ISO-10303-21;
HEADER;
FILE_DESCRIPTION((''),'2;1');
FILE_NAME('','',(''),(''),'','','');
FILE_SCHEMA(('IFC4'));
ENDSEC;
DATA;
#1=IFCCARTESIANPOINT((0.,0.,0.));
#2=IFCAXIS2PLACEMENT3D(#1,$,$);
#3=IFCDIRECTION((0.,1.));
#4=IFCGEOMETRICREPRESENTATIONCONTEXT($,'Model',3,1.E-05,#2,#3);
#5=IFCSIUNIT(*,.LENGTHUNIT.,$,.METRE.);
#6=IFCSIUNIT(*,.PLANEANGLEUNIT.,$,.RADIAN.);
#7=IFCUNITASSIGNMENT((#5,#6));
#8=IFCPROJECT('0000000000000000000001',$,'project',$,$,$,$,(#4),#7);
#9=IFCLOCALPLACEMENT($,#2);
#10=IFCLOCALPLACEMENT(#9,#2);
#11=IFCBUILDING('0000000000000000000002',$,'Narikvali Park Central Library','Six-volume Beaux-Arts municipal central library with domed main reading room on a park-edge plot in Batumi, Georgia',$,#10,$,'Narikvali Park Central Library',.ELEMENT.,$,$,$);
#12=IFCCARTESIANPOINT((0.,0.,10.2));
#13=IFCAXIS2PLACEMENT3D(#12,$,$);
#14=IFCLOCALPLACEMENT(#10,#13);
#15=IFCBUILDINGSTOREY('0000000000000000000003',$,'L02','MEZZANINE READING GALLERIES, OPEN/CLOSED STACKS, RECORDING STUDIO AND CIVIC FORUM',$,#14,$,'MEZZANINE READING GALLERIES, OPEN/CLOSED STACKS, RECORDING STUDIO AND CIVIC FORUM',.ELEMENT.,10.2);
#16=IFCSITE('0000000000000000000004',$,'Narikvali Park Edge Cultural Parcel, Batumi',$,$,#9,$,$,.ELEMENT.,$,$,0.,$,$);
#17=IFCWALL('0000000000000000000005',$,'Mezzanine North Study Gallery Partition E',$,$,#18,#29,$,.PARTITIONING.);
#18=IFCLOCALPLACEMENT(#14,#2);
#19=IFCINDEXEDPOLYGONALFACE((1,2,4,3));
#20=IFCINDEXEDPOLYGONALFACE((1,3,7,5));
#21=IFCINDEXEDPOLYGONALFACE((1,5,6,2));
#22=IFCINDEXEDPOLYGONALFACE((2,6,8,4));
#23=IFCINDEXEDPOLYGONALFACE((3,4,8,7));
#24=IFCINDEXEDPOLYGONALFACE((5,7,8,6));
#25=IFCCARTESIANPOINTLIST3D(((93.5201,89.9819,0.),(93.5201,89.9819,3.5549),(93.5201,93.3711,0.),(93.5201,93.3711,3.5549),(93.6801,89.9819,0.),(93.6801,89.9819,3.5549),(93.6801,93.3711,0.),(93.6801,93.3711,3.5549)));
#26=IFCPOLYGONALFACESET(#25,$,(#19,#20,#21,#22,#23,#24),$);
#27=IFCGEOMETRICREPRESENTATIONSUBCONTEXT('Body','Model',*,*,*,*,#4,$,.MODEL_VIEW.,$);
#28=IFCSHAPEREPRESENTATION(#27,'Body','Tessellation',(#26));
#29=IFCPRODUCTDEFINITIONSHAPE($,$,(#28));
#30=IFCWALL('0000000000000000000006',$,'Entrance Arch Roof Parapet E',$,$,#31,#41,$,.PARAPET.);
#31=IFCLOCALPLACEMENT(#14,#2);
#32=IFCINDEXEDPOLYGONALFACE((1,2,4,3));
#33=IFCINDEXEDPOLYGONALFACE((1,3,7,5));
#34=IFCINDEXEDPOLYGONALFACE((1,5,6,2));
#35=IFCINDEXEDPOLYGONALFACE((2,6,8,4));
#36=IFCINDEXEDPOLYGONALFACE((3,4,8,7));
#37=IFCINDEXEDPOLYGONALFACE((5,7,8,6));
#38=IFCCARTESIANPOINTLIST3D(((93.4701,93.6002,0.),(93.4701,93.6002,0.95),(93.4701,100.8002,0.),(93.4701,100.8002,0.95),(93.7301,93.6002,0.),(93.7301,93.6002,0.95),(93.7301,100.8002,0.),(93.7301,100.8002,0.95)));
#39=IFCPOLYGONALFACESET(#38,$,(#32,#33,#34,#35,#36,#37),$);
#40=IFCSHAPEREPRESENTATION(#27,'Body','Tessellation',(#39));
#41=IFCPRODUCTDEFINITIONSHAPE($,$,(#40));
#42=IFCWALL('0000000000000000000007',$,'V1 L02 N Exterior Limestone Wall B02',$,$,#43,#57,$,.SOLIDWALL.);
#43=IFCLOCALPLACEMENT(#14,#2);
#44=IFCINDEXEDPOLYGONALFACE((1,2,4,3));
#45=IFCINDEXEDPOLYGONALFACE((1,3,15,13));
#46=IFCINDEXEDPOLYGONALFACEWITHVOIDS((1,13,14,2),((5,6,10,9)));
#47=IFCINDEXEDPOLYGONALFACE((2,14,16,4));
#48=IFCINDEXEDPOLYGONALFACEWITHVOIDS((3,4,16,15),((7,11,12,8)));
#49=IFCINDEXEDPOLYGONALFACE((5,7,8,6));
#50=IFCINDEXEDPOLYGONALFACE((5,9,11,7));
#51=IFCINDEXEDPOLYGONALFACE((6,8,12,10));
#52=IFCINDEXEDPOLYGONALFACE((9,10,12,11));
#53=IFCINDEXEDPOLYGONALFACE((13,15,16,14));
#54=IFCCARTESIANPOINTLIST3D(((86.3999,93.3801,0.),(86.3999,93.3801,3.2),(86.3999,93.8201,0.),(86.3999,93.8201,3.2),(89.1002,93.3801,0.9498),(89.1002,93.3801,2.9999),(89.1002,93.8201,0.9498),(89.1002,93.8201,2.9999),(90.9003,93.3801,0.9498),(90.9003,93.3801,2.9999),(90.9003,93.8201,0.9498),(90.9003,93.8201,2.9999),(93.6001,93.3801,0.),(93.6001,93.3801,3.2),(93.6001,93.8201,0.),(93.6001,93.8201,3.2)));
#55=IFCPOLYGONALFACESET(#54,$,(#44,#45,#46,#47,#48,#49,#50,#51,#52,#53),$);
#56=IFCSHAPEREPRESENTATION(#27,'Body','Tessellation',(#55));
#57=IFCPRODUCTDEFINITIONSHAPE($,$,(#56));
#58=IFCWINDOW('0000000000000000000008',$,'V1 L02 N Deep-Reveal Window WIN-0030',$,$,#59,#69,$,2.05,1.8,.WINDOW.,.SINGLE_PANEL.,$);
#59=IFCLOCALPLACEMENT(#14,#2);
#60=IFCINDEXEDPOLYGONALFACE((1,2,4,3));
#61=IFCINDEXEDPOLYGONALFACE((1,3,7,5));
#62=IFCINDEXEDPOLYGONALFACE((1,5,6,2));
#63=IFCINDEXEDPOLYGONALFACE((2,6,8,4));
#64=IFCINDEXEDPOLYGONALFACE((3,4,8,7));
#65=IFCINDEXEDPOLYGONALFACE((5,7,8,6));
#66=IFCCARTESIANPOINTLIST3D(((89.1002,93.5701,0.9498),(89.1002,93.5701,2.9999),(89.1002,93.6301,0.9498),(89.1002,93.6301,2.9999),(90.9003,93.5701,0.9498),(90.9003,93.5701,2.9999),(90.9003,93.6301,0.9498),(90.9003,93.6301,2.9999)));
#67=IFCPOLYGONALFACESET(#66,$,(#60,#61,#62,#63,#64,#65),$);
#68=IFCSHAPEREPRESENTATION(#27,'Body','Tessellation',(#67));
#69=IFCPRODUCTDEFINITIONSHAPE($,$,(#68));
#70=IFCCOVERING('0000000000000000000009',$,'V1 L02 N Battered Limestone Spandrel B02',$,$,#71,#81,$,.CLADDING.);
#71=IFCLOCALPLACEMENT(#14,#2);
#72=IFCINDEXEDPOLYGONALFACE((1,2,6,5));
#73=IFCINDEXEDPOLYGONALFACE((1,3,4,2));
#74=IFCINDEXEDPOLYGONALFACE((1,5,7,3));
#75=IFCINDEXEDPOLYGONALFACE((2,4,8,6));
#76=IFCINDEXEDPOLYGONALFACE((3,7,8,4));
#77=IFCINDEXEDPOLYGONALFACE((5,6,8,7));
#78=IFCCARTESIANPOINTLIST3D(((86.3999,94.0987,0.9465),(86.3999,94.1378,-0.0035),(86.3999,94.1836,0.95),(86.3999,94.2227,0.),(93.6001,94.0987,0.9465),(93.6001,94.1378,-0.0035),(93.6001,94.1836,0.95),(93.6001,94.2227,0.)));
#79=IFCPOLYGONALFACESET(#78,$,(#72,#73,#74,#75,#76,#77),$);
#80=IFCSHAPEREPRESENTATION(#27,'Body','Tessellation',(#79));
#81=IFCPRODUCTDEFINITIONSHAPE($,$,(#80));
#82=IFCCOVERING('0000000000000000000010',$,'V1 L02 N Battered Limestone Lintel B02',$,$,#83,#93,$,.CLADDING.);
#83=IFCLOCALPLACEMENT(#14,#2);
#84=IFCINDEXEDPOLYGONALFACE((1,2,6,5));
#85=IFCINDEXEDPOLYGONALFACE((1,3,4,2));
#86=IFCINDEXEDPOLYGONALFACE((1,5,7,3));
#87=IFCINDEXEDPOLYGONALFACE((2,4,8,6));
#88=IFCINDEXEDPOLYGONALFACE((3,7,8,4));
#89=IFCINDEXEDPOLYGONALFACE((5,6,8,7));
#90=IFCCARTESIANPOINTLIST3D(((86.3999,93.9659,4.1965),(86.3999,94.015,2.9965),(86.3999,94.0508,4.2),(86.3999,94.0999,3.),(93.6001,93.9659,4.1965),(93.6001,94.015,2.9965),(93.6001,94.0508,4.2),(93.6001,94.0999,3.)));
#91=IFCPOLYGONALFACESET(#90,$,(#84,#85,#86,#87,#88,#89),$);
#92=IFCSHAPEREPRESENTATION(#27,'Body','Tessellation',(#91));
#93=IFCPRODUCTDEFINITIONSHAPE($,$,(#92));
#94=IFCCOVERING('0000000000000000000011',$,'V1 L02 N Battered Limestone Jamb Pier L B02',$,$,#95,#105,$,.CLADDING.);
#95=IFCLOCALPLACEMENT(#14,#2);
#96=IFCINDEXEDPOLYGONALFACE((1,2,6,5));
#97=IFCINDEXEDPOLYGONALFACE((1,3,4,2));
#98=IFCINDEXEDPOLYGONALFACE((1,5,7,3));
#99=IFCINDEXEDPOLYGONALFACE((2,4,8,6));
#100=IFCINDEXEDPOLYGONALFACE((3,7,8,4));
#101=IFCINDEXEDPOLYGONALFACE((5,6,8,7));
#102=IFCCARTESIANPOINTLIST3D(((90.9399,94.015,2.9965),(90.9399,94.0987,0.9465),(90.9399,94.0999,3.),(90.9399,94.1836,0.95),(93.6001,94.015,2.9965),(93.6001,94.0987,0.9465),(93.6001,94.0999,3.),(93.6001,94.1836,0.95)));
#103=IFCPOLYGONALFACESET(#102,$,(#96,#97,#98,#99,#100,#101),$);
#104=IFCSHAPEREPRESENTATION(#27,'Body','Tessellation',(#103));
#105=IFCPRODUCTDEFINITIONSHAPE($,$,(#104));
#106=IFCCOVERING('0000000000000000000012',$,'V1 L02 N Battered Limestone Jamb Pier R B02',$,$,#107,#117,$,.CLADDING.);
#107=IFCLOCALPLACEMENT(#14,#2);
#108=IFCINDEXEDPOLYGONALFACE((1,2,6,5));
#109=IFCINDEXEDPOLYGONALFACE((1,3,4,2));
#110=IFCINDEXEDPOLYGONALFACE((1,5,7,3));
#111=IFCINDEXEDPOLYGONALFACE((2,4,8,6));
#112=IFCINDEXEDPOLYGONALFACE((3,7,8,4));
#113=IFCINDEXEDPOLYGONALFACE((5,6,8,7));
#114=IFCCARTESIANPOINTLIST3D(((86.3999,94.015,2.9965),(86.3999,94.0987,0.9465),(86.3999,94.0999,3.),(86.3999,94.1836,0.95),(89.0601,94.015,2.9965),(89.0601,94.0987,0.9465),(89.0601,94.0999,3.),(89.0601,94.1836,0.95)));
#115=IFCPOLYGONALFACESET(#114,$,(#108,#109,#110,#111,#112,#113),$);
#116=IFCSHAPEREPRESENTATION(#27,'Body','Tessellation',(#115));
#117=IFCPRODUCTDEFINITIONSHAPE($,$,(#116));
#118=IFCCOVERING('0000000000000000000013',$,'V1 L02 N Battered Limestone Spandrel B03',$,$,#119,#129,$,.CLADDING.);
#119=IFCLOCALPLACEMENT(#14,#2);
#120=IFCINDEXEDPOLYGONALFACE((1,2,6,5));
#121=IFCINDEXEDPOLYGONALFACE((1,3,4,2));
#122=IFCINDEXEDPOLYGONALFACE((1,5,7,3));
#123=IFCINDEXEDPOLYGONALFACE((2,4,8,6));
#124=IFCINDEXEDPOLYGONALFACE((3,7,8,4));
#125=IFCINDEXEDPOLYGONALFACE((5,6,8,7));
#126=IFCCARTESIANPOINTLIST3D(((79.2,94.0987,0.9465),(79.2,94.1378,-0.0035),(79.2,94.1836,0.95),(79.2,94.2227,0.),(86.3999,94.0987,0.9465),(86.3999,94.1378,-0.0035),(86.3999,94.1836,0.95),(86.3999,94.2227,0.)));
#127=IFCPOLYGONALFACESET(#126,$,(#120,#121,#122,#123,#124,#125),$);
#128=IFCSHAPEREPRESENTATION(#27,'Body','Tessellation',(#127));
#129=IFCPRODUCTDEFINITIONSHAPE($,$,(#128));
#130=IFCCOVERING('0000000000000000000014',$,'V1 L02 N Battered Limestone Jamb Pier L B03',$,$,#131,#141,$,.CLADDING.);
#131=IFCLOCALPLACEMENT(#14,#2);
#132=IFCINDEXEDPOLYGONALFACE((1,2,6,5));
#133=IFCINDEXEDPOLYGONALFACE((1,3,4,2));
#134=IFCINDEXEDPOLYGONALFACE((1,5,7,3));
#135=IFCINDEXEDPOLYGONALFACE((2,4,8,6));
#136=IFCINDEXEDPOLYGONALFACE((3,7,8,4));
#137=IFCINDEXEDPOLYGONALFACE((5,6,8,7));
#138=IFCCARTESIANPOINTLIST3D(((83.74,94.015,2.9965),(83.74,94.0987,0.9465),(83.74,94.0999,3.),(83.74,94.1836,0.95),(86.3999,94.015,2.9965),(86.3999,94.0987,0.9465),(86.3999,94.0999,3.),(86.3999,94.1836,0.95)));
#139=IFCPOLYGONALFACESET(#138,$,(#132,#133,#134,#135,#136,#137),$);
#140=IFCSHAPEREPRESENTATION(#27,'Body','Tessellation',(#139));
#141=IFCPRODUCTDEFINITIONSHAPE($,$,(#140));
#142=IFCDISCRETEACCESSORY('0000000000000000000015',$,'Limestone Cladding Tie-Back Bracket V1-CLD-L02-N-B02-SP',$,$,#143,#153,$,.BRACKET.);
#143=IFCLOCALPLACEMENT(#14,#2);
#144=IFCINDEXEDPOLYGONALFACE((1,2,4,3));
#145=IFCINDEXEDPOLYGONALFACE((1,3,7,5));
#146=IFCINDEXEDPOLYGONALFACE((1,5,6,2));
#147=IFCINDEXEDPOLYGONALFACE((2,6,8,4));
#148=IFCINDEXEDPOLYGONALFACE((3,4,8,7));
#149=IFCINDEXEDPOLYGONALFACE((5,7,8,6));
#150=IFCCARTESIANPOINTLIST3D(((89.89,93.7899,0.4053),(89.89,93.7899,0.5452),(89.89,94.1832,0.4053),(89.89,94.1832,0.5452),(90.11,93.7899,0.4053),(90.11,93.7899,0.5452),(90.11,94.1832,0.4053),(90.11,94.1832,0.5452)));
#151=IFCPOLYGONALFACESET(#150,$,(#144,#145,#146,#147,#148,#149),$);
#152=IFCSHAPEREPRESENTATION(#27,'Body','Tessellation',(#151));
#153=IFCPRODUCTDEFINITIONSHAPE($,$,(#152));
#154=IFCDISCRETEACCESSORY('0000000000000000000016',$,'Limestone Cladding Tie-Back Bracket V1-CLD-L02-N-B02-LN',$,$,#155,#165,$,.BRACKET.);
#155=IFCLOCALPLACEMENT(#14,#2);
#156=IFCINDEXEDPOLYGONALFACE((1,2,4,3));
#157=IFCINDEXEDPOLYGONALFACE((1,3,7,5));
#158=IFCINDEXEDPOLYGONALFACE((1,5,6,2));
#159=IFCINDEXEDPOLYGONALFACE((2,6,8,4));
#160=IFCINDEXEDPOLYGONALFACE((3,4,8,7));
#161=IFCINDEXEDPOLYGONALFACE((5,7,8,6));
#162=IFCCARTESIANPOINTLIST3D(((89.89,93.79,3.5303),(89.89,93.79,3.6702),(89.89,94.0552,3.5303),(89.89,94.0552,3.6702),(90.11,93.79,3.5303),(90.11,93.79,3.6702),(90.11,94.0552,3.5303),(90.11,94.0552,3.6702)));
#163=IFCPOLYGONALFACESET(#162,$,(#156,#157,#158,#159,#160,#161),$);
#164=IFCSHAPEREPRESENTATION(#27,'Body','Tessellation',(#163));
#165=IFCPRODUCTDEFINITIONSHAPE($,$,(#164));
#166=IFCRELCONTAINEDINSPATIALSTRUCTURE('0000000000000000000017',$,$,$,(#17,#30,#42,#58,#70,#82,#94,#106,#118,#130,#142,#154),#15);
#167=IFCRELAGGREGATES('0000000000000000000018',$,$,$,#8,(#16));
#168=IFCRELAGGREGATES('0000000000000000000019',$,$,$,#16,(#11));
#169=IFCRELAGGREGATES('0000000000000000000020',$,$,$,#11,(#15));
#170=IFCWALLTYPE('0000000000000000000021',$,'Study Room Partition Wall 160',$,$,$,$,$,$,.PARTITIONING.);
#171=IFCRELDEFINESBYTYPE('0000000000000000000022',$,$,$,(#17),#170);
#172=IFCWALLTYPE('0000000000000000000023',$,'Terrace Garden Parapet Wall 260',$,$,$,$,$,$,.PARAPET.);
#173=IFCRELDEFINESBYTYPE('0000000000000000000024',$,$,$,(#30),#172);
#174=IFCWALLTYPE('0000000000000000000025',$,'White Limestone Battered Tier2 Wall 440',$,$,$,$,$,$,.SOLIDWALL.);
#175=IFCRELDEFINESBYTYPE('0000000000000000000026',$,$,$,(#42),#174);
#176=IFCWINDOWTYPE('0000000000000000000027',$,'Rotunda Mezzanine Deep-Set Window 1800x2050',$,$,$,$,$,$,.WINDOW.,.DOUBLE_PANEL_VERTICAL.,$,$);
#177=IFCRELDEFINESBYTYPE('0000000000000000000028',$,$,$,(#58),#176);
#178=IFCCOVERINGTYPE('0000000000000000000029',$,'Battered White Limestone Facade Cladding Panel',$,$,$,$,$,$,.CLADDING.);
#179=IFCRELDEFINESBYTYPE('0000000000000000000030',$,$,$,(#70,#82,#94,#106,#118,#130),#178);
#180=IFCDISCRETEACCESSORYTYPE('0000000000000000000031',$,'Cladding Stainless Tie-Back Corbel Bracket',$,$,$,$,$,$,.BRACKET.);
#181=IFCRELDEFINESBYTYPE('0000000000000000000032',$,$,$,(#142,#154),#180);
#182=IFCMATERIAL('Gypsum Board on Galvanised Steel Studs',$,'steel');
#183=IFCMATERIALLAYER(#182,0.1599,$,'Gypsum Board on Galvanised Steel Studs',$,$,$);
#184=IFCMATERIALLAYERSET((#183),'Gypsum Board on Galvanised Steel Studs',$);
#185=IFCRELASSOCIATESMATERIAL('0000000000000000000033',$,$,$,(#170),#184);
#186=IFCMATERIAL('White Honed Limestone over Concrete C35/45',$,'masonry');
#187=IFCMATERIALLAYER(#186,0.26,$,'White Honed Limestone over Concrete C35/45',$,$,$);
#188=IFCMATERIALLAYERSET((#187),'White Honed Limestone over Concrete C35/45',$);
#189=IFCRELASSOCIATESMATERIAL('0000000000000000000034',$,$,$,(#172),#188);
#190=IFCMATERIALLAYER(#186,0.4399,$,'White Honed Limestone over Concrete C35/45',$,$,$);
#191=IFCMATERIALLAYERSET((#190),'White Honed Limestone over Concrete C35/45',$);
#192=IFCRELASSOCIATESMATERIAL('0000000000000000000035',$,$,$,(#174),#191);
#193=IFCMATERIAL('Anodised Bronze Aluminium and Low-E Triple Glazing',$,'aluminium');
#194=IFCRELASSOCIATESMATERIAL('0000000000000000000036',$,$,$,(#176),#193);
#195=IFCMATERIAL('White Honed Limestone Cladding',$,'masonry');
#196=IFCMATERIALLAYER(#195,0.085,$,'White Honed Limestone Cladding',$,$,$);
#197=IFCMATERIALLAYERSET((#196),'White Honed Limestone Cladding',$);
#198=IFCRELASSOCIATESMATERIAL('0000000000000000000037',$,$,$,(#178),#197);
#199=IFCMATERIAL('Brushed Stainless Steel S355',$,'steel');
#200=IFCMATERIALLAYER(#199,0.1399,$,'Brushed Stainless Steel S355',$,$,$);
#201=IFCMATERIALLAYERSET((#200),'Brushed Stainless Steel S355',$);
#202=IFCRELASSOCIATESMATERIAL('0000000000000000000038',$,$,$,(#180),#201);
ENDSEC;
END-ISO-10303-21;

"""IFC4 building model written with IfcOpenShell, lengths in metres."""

from ifc_helpers import new_model, si_unit, direction, frame, frame_2d, origin, origin_2d, place, context, subcontext, project, spatial, polyline, rectangle, outline, extrude, material, layer, layer_set, type_object, element, fill, save


model = new_model("IFC4")

# Units and contexts
model_context = context("Model", 3, precision=1e-05, world=origin(), true_north=direction((0.0, 1.0)))
body_context = subcontext(model_context, "Body", "Model", "MODEL_VIEW")
ifc_project = project(units=[si_unit("LENGTHUNIT", "METRE"), si_unit("PLANEANGLEUNIT", "RADIAN")], contexts=[model_context])

# Site, building, storey
site_placement = place(None, origin())
site = spatial("IfcSite", under=ifc_project, at=site_placement, Name="Narikvali Park Edge Cultural Parcel, Batumi", CompositionType="ELEMENT", RefElevation=0.0)
building_placement = place(site_placement, origin())
building = spatial("IfcBuilding", under=site, at=building_placement, Name="Narikvali Park Central Library", Description="Six-volume Beaux-Arts municipal central library with domed main reading room on a park-edge plot in Batumi, Georgia", LongName="Narikvali Park Central Library", CompositionType="ELEMENT")
storey_placement = place(building_placement, frame((0.0, 0.0, 10.2)))
storey = spatial("IfcBuildingStorey", under=building, at=storey_placement, Name="L02", Description="MEZZANINE READING GALLERIES, OPEN/CLOSED STACKS, RECORDING STUDIO AND CIVIC FORUM", LongName="MEZZANINE READING GALLERIES, OPEN/CLOSED STACKS, RECORDING STUDIO AND CIVIC FORUM", CompositionType="ELEMENT", Elevation=10.2)

# Walls
ifc_material_1 = material(Name="Gypsum Board on Galvanised Steel Studs", Category="steel")
ifc_layer_1 = layer(ifc_material_1, 0.1599, Name="Gypsum Board on Galvanised Steel Studs")
ifc_layer_set_1 = layer_set([ifc_layer_1], Name="Gypsum Board on Galvanised Steel Studs")
wall_type_1 = type_object("IfcWallType", Name="Study Room Partition Wall 160", PredefinedType="PARTITIONING", material=ifc_layer_set_1)
wall_1_placement = place(storey_placement, frame((93.6001, 89.9819, 0.0), z_axis=(0.0, 0.0, 1.0), x_axis=(0.0, 1.0, 0.0)))
element("IfcWall", 1, at=wall_1_placement, inside=storey, type_object=wall_type_1, Name="Mezzanine North Study Gallery Partition E", PredefinedType="PARTITIONING", context=body_context, shape_type="SweptSolid", body=[
    extrude(rectangle(XDim=3.3892, YDim=0.1599, at=frame_2d((1.6946, 0.0))), origin(), (0.0, 0.0, 1.0), 3.5549),
])
ifc_material_2 = material(Name="White Honed Limestone over Concrete C35/45", Category="masonry")
ifc_layer_2 = layer(ifc_material_2, 0.26, Name="White Honed Limestone over Concrete C35/45")
ifc_layer_set_2 = layer_set([ifc_layer_2], Name="White Honed Limestone over Concrete C35/45")
wall_type_2 = type_object("IfcWallType", Name="Terrace Garden Parapet Wall 260", PredefinedType="PARAPET", material=ifc_layer_set_2)
wall_2_placement = place(storey_placement, frame((93.6001, 93.6001, 0.0), z_axis=(0.0, 0.0, 1.0), x_axis=(0.0, 1.0, 0.0)))
element("IfcWall", 2, at=wall_2_placement, inside=storey, type_object=wall_type_2, Name="Entrance Arch Roof Parapet E", PredefinedType="PARAPET", context=body_context, shape_type="SweptSolid", body=[
    extrude(rectangle(XDim=7.2, YDim=0.26, at=frame_2d((3.6001, 0.0))), origin(), (0.0, 0.0, 1.0), 0.95),
])

# Wall, opening, window
ifc_layer_3 = layer(ifc_material_2, 0.4399, Name="White Honed Limestone over Concrete C35/45")
ifc_layer_set_3 = layer_set([ifc_layer_3], Name="White Honed Limestone over Concrete C35/45")
wall_type_3 = type_object("IfcWallType", Name="White Limestone Battered Tier2 Wall 440", PredefinedType="SOLIDWALL", material=ifc_layer_set_3)
wall_3_placement = place(storey_placement, frame((93.6001, 93.6001, 0.0), z_axis=(0.0, 0.0, 1.0), x_axis=(-1.0, 0.0, 0.0)))
wall_3 = element("IfcWall", 3, at=wall_3_placement, inside=storey, type_object=wall_type_3, Name="V1 L02 N Exterior Limestone Wall B02", PredefinedType="SOLIDWALL", context=body_context, shape_type="SweptSolid", body=[
    extrude(rectangle(XDim=7.2002, YDim=0.4399, at=frame_2d((3.6001, 0.0))), origin(), (0.0, 0.0, 1.0), 3.2),
])
opening_placement = place(wall_3_placement, frame((2.7, 0.0, 0.95)))
opening = element("IfcOpeningElement", 4, at=opening_placement, cuts=wall_3, PredefinedType="OPENING", context=body_context, shape_type="SweptSolid", body=[
    extrude(rectangle(XDim=1.8, YDim=2.05, at=frame_2d((0.8999, 1.0249))), frame((0.0, 0.2319, 0.0), z_axis=(0.0, -1.0, 0.0), x_axis=(1.0, 0.0, 0.0)), (0.0, 0.0, 1.0), 0.4639),
])
ifc_material_3 = material(Name="Anodised Bronze Aluminium and Low-E Triple Glazing", Category="aluminium")
window_type = type_object("IfcWindowType", Name="Rotunda Mezzanine Deep-Set Window 1800x2050", PartitioningType="DOUBLE_PANEL_VERTICAL", PredefinedType="WINDOW", material=ifc_material_3)
window_placement = place(opening_placement, origin())
window = element("IfcWindow", 5, at=window_placement, inside=storey, type_object=window_type, Name="V1 L02 N Deep-Reveal Window WIN-0030", OverallHeight=2.05, OverallWidth=1.8, PartitioningType="SINGLE_PANEL", PredefinedType="WINDOW", context=body_context, shape_type="SweptSolid", body=[
    extrude(rectangle(XDim=1.8, YDim=2.05, at=frame_2d((0.8999, 1.0249))), frame((0.0, 0.03, 0.0), z_axis=(0.0, -1.0, 0.0), x_axis=(1.0, 0.0, 0.0)), (0.0, 0.0, 1.0), 0.0601),
])
fill(opening, window)

# Coverings
ifc_material_4 = material(Name="White Honed Limestone Cladding", Category="masonry")
ifc_layer_4 = layer(ifc_material_4, 0.085, Name="White Honed Limestone Cladding")
ifc_layer_set_4 = layer_set([ifc_layer_4], Name="White Honed Limestone Cladding")
covering_type = type_object("IfcCoveringType", Name="Battered White Limestone Facade Cladding Panel", PredefinedType="CLADDING", material=ifc_layer_set_4)
covering_1_placement = place(storey_placement, frame((93.6001, 94.2227, 0.0), z_axis=(0.0, 0.999156, 0.041086), x_axis=(-1.0, 0.0, 0.0)))
element("IfcCovering", 6, at=covering_1_placement, inside=storey, type_object=covering_type, Name="V1 L02 N Battered Limestone Spandrel B02", PredefinedType="CLADDING", context=body_context, shape_type="SweptSolid", body=[
    extrude(outline(polyline([(0.0, 0.0), (7.2002, 0.0), (7.2002, 0.9508), (0.0, 0.9508), (0.0, 0.0)])), origin(), (0.0, 0.0, -1.0), 0.085),
])
covering_2_placement = place(storey_placement, frame((93.6001, 94.0999, 3.0), z_axis=(0.0, 0.999165, 0.040861), x_axis=(-1.0, 0.0, 0.0)))
element("IfcCovering", 7, at=covering_2_placement, inside=storey, type_object=covering_type, Name="V1 L02 N Battered Limestone Lintel B02", PredefinedType="CLADDING", context=body_context, shape_type="SweptSolid", body=[
    extrude(outline(polyline([(0.0, 0.0), (7.2002, 0.0), (7.2002, 1.201), (0.0, 1.201), (0.0, 0.0)])), origin(), (0.0, 0.0, -1.0), 0.085),
])
for number, where, z_axis, x_axis, name in (
    (8, (93.6001, 94.1836, 0.95), (0.0, 0.999167, 0.040814), (-1.0, 0.0, 0.0), "V1 L02 N Battered Limestone Jamb Pier L B02"),
    (9, (89.0601, 94.1836, 0.95), (0.0, 0.999167, 0.040814), (-1.0, 0.0, 0.0), "V1 L02 N Battered Limestone Jamb Pier R B02"),
):
    element("IfcCovering", number, at=place(storey_placement, frame(where, z_axis=z_axis, x_axis=x_axis)), inside=storey, type_object=covering_type, Name=name, PredefinedType="CLADDING", context=body_context, shape_type="SweptSolid", body=[
        extrude(outline(polyline([(0.0, 0.0), (2.6602, 0.0), (2.6602, 2.0518), (0.0, 2.0518), (0.0, 0.0)])), origin(), (0.0, 0.0, -1.0), 0.085),
    ])
covering_3_placement = place(storey_placement, frame((86.3999, 94.2227, 0.0), z_axis=(0.0, 0.999156, 0.041086), x_axis=(-1.0, 0.0, 0.0)))
element("IfcCovering", 10, at=covering_3_placement, inside=storey, type_object=covering_type, Name="V1 L02 N Battered Limestone Spandrel B03", PredefinedType="CLADDING", context=body_context, shape_type="SweptSolid", body=[
    extrude(outline(polyline([(0.0, 0.0), (7.2, 0.0), (7.2, 0.9508), (0.0, 0.9508), (0.0, 0.0)])), origin(), (0.0, 0.0, -1.0), 0.085),
])
covering_4_placement = place(storey_placement, frame((86.3999, 94.1836, 0.95), z_axis=(0.0, 0.999167, 0.040814), x_axis=(-1.0, 0.0, 0.0)))
element("IfcCovering", 11, at=covering_4_placement, inside=storey, type_object=covering_type, Name="V1 L02 N Battered Limestone Jamb Pier L B03", PredefinedType="CLADDING", context=body_context, shape_type="SweptSolid", body=[
    extrude(outline(polyline([(0.0, 0.0), (2.6599, 0.0), (2.6599, 2.0518), (0.0, 2.0518), (0.0, 0.0)])), origin(), (0.0, 0.0, -1.0), 0.085),
])

# Discrete accessories
ifc_material_5 = material(Name="Brushed Stainless Steel S355", Category="steel")
ifc_layer_5 = layer(ifc_material_5, 0.1399, Name="Brushed Stainless Steel S355")
ifc_layer_set_5 = layer_set([ifc_layer_5], Name="Brushed Stainless Steel S355")
discrete_accessory_type = type_object("IfcDiscreteAccessoryType", Name="Cladding Stainless Tie-Back Corbel Bracket", PredefinedType="BRACKET", material=ifc_layer_set_5)
discrete_accessory_1_placement = place(storey_placement, frame((90.0, 93.9866, 0.4053), z_axis=(0.0, 0.0, 1.0), x_axis=(1.0, 0.0, 0.0)))
element("IfcDiscreteAccessory", 12, at=discrete_accessory_1_placement, inside=storey, type_object=discrete_accessory_type, Name="Limestone Cladding Tie-Back Bracket V1-CLD-L02-N-B02-SP", PredefinedType="BRACKET", context=body_context, shape_type="SweptSolid", body=[
    extrude(rectangle(XDim=0.22, YDim=0.3933, at=origin_2d()), origin(), (0.0, 0.0, 1.0), 0.1399),
])
discrete_accessory_2_placement = place(storey_placement, frame((90.0, 93.9226, 3.5303), z_axis=(0.0, 0.0, 1.0), x_axis=(1.0, 0.0, 0.0)))
element("IfcDiscreteAccessory", 13, at=discrete_accessory_2_placement, inside=storey, type_object=discrete_accessory_type, Name="Limestone Cladding Tie-Back Bracket V1-CLD-L02-N-B02-LN", PredefinedType="BRACKET", context=body_context, shape_type="SweptSolid", body=[
    extrude(rectangle(XDim=0.22, YDim=0.2651, at=origin_2d()), origin(), (0.0, 0.0, 1.0), 0.1399),
])

save(model, "model.ifc")
